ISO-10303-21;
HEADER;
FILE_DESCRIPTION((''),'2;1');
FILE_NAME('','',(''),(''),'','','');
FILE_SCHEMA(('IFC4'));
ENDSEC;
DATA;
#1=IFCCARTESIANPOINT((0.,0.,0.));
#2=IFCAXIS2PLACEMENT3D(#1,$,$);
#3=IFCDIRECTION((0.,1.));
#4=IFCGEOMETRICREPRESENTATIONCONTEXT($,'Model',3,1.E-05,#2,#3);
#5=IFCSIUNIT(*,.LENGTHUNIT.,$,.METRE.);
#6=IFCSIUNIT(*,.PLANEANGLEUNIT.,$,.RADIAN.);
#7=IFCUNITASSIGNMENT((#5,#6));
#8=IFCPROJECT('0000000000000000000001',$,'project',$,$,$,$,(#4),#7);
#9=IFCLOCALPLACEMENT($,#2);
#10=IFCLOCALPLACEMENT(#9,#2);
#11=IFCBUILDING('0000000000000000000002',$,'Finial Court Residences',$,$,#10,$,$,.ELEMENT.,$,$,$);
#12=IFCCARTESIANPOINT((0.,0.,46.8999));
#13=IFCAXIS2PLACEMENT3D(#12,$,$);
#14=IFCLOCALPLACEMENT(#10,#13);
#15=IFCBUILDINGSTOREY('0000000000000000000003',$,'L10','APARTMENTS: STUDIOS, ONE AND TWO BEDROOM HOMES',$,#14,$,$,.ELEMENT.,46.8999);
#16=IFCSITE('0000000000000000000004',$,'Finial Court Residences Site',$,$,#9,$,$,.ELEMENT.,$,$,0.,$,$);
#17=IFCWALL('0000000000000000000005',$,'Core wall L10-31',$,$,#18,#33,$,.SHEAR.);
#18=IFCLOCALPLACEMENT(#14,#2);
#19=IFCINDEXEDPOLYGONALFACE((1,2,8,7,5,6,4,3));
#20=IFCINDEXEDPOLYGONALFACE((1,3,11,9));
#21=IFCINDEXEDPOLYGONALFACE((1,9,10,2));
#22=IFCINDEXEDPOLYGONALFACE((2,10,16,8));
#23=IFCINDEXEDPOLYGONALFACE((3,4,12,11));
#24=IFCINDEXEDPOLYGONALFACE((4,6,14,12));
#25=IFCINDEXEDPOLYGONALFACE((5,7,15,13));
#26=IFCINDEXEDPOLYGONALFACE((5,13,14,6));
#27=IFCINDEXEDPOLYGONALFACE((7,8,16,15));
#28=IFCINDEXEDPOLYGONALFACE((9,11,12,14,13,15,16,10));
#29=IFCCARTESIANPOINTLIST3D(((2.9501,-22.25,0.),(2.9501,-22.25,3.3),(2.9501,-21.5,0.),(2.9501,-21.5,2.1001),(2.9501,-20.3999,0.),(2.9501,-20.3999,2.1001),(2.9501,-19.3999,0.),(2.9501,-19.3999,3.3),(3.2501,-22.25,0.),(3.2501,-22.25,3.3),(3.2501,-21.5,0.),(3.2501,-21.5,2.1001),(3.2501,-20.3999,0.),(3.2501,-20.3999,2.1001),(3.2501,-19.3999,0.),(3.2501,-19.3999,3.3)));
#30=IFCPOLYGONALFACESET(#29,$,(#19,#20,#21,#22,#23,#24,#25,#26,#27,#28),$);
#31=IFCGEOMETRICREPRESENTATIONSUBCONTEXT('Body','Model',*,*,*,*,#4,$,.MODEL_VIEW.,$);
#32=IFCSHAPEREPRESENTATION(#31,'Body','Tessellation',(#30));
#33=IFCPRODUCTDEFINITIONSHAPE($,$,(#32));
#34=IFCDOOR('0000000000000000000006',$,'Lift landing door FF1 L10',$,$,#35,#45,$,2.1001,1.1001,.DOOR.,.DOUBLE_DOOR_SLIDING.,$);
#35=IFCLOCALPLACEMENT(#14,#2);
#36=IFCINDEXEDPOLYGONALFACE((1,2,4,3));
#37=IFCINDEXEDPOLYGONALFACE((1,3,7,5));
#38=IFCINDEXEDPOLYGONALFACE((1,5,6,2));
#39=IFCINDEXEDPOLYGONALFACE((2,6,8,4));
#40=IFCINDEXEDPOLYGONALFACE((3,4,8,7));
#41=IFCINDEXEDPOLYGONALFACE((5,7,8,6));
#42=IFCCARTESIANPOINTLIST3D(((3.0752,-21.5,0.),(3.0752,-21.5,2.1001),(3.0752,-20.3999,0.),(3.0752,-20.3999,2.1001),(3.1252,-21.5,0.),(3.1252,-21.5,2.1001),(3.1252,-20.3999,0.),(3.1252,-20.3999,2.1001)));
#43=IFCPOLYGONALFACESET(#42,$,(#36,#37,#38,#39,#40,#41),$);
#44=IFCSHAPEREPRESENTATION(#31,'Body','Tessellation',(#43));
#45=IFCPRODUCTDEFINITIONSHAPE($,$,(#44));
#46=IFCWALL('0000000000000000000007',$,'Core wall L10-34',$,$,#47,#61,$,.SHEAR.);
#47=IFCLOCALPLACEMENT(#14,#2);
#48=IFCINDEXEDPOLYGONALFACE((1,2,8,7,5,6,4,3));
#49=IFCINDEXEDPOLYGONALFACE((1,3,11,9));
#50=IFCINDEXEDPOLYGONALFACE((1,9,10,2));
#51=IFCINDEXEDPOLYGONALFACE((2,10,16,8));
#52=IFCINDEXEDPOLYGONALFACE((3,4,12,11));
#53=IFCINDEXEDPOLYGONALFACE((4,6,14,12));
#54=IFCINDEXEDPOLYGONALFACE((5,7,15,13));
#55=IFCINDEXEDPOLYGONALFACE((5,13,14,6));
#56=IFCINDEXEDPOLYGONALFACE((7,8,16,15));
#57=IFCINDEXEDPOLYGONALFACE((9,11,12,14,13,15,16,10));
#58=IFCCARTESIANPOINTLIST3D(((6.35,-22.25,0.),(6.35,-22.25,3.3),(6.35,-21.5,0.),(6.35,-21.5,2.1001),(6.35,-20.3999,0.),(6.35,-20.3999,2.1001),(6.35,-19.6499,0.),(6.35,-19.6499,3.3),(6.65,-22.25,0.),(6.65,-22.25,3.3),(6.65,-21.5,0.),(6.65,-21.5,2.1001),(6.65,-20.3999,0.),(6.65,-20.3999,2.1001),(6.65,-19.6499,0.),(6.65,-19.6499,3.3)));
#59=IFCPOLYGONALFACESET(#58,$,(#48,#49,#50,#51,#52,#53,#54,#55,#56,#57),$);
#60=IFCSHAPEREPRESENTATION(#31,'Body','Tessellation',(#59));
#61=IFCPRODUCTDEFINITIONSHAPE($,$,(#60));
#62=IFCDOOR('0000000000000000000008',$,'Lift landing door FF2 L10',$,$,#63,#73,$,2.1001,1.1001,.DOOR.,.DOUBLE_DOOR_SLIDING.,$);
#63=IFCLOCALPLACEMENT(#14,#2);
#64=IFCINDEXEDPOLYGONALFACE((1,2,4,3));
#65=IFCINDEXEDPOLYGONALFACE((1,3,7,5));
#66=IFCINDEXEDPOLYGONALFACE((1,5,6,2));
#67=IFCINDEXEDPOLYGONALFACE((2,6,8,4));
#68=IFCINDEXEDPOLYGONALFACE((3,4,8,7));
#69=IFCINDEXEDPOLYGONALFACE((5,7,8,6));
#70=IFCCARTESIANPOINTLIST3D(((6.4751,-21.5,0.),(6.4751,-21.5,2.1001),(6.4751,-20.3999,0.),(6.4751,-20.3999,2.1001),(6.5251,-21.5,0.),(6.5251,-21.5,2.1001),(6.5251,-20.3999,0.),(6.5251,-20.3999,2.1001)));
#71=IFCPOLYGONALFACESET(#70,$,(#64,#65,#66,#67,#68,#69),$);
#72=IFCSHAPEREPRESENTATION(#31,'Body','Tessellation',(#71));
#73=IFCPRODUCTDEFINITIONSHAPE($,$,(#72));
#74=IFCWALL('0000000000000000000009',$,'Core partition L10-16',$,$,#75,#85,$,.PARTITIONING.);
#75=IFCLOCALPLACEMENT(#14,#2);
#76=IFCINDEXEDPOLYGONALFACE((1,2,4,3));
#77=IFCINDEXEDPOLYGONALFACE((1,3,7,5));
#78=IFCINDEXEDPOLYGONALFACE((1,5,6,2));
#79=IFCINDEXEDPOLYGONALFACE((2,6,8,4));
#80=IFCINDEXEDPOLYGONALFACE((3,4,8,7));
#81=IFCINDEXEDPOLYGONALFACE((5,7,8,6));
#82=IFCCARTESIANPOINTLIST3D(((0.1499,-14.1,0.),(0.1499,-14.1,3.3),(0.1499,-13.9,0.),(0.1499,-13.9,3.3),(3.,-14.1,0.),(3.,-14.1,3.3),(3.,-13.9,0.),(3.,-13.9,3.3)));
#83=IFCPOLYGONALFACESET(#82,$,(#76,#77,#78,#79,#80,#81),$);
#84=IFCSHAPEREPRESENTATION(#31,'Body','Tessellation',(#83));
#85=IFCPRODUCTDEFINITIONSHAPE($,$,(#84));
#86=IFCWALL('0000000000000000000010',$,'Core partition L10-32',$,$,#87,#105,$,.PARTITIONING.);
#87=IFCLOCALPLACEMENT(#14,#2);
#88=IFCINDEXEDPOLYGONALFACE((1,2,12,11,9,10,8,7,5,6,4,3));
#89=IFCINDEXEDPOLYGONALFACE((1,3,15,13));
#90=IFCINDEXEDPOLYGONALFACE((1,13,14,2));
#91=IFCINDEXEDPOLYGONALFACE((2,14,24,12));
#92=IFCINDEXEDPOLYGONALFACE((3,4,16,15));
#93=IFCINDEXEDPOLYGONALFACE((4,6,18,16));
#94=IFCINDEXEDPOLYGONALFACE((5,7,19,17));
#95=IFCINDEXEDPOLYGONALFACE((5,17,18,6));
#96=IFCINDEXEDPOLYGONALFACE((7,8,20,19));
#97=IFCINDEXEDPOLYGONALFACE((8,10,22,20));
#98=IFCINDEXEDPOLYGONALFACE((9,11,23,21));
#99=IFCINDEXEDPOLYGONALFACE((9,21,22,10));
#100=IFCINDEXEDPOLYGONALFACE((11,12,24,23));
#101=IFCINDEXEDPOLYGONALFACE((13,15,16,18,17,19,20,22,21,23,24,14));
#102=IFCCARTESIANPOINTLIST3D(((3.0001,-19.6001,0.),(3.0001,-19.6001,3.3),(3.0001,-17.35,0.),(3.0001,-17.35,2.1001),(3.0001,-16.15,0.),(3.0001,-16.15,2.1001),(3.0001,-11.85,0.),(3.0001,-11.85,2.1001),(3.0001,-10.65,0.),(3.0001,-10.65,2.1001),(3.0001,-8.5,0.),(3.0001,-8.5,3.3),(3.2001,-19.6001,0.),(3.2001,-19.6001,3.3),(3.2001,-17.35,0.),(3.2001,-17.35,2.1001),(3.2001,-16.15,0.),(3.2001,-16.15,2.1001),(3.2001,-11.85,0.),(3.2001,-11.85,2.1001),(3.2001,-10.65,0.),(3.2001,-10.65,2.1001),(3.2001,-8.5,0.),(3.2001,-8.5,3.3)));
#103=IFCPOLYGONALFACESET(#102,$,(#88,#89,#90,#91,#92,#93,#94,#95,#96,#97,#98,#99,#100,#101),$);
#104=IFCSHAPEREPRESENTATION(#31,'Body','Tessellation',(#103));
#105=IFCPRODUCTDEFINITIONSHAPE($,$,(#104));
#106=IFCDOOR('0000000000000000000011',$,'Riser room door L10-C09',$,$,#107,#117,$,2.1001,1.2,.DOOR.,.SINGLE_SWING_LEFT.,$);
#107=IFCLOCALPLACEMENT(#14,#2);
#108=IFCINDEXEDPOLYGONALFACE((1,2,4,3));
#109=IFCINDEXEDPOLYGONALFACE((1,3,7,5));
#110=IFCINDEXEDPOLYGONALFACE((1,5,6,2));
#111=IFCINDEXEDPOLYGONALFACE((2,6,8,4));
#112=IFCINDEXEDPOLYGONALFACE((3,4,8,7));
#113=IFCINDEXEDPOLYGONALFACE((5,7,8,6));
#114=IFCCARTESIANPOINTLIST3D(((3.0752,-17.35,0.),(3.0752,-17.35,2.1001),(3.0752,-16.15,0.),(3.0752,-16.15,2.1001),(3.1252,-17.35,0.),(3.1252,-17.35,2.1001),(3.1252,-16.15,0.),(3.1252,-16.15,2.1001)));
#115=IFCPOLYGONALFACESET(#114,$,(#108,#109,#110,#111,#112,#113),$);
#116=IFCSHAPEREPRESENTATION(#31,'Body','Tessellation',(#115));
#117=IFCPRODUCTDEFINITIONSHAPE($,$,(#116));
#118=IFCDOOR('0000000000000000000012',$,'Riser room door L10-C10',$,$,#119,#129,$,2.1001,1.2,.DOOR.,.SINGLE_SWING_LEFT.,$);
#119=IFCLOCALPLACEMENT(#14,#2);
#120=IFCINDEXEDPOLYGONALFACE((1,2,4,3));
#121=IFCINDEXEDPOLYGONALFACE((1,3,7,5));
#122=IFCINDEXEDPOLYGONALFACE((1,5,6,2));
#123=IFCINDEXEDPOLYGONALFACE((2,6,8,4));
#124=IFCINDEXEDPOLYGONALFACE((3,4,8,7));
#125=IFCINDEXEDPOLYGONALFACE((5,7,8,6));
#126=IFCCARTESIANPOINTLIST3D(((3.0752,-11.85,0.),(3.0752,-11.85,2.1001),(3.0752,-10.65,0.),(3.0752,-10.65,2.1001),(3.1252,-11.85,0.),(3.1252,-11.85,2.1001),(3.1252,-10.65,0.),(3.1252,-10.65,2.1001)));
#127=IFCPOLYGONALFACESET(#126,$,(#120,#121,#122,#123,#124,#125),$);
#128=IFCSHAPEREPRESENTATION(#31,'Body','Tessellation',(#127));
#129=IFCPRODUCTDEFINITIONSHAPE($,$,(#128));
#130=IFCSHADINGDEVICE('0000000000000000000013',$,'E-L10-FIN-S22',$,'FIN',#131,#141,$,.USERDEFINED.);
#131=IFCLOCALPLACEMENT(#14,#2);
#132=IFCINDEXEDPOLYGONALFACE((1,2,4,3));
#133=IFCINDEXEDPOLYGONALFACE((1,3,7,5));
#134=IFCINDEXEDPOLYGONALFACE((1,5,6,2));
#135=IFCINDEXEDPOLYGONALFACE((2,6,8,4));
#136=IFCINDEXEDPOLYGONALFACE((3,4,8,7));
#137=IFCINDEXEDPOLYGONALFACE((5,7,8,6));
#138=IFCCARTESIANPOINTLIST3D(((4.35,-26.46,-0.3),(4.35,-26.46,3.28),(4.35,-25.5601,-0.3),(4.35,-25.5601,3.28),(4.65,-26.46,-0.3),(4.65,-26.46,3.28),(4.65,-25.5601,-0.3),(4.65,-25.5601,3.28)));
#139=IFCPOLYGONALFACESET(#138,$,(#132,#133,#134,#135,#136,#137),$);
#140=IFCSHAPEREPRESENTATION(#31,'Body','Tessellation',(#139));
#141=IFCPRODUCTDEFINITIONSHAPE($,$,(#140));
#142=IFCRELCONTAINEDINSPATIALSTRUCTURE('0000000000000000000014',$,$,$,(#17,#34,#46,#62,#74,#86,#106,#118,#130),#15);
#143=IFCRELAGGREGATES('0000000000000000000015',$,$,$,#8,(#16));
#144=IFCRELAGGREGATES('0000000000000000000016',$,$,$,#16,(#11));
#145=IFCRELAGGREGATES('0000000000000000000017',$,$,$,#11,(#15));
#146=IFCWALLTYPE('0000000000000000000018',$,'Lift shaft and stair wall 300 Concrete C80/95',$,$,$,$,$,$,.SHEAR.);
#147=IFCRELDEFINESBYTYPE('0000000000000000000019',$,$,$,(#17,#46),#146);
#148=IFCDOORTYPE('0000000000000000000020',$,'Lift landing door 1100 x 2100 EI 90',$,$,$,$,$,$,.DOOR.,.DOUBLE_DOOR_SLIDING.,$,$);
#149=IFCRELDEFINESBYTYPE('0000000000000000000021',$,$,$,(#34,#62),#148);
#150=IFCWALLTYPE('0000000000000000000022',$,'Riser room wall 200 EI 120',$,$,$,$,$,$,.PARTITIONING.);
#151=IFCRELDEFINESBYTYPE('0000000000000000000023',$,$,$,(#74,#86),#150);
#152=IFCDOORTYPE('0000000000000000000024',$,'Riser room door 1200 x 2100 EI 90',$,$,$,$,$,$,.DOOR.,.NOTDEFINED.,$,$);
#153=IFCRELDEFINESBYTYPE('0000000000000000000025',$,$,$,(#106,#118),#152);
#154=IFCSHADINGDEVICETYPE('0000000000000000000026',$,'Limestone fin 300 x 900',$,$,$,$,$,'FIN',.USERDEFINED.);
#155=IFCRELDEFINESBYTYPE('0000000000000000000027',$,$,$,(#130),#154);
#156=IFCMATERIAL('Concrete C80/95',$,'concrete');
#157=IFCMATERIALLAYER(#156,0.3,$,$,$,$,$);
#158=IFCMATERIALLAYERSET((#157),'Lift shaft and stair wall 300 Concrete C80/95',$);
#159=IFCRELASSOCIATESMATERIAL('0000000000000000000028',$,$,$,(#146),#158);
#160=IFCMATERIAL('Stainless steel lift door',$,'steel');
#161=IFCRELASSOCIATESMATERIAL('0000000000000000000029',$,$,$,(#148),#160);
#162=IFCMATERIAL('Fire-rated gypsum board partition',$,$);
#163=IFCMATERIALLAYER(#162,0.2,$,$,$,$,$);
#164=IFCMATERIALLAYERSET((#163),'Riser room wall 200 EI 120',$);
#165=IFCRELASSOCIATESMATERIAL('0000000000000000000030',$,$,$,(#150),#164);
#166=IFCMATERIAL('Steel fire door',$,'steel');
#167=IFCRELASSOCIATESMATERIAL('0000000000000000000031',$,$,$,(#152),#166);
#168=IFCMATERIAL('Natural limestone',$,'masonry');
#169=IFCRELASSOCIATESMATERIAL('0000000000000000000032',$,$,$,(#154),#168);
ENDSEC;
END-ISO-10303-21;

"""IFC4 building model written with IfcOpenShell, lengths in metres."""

from ifc_helpers import new_model, si_unit, direction, frame, frame_2d, origin, origin_2d, place, context, subcontext, project, spatial, rectangle, extrude, material, layer, layer_set, type_object, element, fill, save


model = new_model("IFC4")

# Units and contexts
model_context = context("Model", 3, precision=1e-05, world=origin(), true_north=direction((0.0, 1.0)))
body_context = subcontext(model_context, "Body", "Model", "MODEL_VIEW")
ifc_project = project(units=[si_unit("LENGTHUNIT", "METRE"), si_unit("PLANEANGLEUNIT", "RADIAN")], contexts=[model_context])

# Site, building, storey
site_placement = place(None, origin())
site = spatial("IfcSite", under=ifc_project, at=site_placement, Name="Finial Court Residences Site", CompositionType="ELEMENT", RefElevation=0.0)
building_placement = place(site_placement, origin())
building = spatial("IfcBuilding", under=site, at=building_placement, Name="Finial Court Residences", CompositionType="ELEMENT")
storey_placement = place(building_placement, frame((0.0, 0.0, 46.8999)))
storey = spatial("IfcBuildingStorey", under=building, at=storey_placement, Name="L10", Description="APARTMENTS: STUDIOS, ONE AND TWO BEDROOM HOMES", CompositionType="ELEMENT", Elevation=46.8999)

# Shared definitions
ifc_material_1 = material(Name="Fire-rated gypsum board partition")
ifc_material_2 = material(Name="Steel fire door", Category="steel")

# Shared definitions
ifc_material_3 = material(Name="Concrete C80/95", Category="concrete")
ifc_layer_1 = layer(ifc_material_3, 0.3)
ifc_layer_set_1 = layer_set([ifc_layer_1], Name="Lift shaft and stair wall 300 Concrete C80/95")
wall_type_1 = type_object("IfcWallType", Name="Lift shaft and stair wall 300 Concrete C80/95", PredefinedType="SHEAR", material=ifc_layer_set_1)

# Walls, openings, doors
wall_1_placement = place(storey_placement, frame((3.1001, -22.25, 0.0), z_axis=(0.0, 0.0, 1.0), x_axis=(0.0, 1.0, 0.0)))
wall_1 = element("IfcWall", 1, at=wall_1_placement, inside=storey, type_object=wall_type_1, Name="Core wall L10-31", PredefinedType="SHEAR", context=body_context, shape_type="SweptSolid", body=[
    extrude(rectangle(XDim=2.8501, YDim=0.3, at=frame_2d((1.425, 0.0))), origin(), (0.0, 0.0, 1.0), 3.3),
])
opening_1_placement = place(wall_1_placement, frame((0.75, 0.0, 0.0)))
opening_1 = element("IfcOpeningElement", 2, at=opening_1_placement, cuts=wall_1, PredefinedType="OPENING", context=body_context, shape_type="SweptSolid", body=[
    extrude(rectangle(XDim=1.1001, YDim=2.1001, at=frame_2d((0.55, 1.05))), frame((0.0, 0.1599, 0.0), z_axis=(0.0, -1.0, 0.0), x_axis=(1.0, 0.0, 0.0)), (0.0, 0.0, 1.0), 0.3201),
])
ifc_material_4 = material(Name="Stainless steel lift door", Category="steel")
door_type_1 = type_object("IfcDoorType", Name="Lift landing door 1100 x 2100 EI 90", OperationType="DOUBLE_DOOR_SLIDING", PredefinedType="DOOR", material=ifc_material_4)
door_1_placement = place(opening_1_placement, origin())
door_1 = element("IfcDoor", 3, at=door_1_placement, inside=storey, type_object=door_type_1, Name="Lift landing door FF1 L10", OperationType="DOUBLE_DOOR_SLIDING", OverallHeight=2.1001, OverallWidth=1.1001, PredefinedType="DOOR", context=body_context, shape_type="SweptSolid", body=[
    extrude(rectangle(XDim=1.1001, YDim=2.1001, at=frame_2d((0.55, 1.05))), frame((0.0, 0.0249, 0.0), z_axis=(0.0, -1.0, 0.0), x_axis=(1.0, 0.0, 0.0)), (0.0, 0.0, 1.0), 0.05),
])
fill(opening_1, door_1)
wall_2_placement = place(storey_placement, frame((6.5, -22.25, 0.0), z_axis=(0.0, 0.0, 1.0), x_axis=(0.0, 1.0, 0.0)))
wall_2 = element("IfcWall", 4, at=wall_2_placement, inside=storey, type_object=wall_type_1, Name="Core wall L10-34", PredefinedType="SHEAR", context=body_context, shape_type="SweptSolid", body=[
    extrude(rectangle(XDim=2.6001, YDim=0.3, at=frame_2d((1.3, 0.0))), origin(), (0.0, 0.0, 1.0), 3.3),
])
opening_2_placement = place(wall_2_placement, frame((0.75, 0.0, 0.0)))
opening_2 = element("IfcOpeningElement", 5, at=opening_2_placement, cuts=wall_2, PredefinedType="OPENING", context=body_context, shape_type="SweptSolid", body=[
    extrude(rectangle(XDim=1.1001, YDim=2.1001, at=frame_2d((0.55, 1.05))), frame((0.0, 0.1599, 0.0), z_axis=(0.0, -1.0, 0.0), x_axis=(1.0, 0.0, 0.0)), (0.0, 0.0, 1.0), 0.3201),
])
door_2_placement = place(opening_2_placement, origin())
door_2 = element("IfcDoor", 6, at=door_2_placement, inside=storey, type_object=door_type_1, Name="Lift landing door FF2 L10", OperationType="DOUBLE_DOOR_SLIDING", OverallHeight=2.1001, OverallWidth=1.1001, PredefinedType="DOOR", context=body_context, shape_type="SweptSolid", body=[
    extrude(rectangle(XDim=1.1001, YDim=2.1001, at=frame_2d((0.55, 1.05))), frame((0.0, 0.0249, 0.0), z_axis=(0.0, -1.0, 0.0), x_axis=(1.0, 0.0, 0.0)), (0.0, 0.0, 1.0), 0.05),
])
fill(opening_2, door_2)

# Wall
ifc_layer_2 = layer(ifc_material_1, 0.2)
ifc_layer_set_2 = layer_set([ifc_layer_2], Name="Riser room wall 200 EI 120")
wall_type_2 = type_object("IfcWallType", Name="Riser room wall 200 EI 120", PredefinedType="PARTITIONING", material=ifc_layer_set_2)
wall_3_placement = place(storey_placement, frame((0.1499, -14.0, 0.0), z_axis=(0.0, 0.0, 1.0), x_axis=(1.0, 0.0, 0.0)))
element("IfcWall", 7, at=wall_3_placement, inside=storey, type_object=wall_type_2, Name="Core partition L10-16", PredefinedType="PARTITIONING", context=body_context, shape_type="SweptSolid", body=[
    extrude(rectangle(XDim=2.8501, YDim=0.2, at=frame_2d((1.425, 0.0))), origin(), (0.0, 0.0, 1.0), 3.3),
])

# Wall, openings, doors
wall_4_placement = place(storey_placement, frame((3.1001, -19.6001, 0.0), z_axis=(0.0, 0.0, 1.0), x_axis=(0.0, 1.0, 0.0)))
wall_4 = element("IfcWall", 8, at=wall_4_placement, inside=storey, type_object=wall_type_2, Name="Core partition L10-32", PredefinedType="PARTITIONING", context=body_context, shape_type="SweptSolid", body=[
    extrude(rectangle(XDim=11.1001, YDim=0.2, at=frame_2d((5.55, 0.0))), origin(), (0.0, 0.0, 1.0), 3.3),
])
opening_3_placement = place(wall_4_placement, frame((2.25, 0.0, 0.0)))
opening_3 = element("IfcOpeningElement", 9, at=opening_3_placement, cuts=wall_4, PredefinedType="OPENING", context=body_context, shape_type="SweptSolid", body=[
    extrude(rectangle(XDim=1.2, YDim=2.1001, at=frame_2d((0.6001, 1.05))), frame((0.0, 0.1099, 0.0), z_axis=(0.0, -1.0, 0.0), x_axis=(1.0, 0.0, 0.0)), (0.0, 0.0, 1.0), 0.22),
])
opening_4_placement = place(wall_4_placement, frame((7.75, 0.0, 0.0)))
opening_4 = element("IfcOpeningElement", 10, at=opening_4_placement, cuts=wall_4, PredefinedType="OPENING", context=body_context, shape_type="SweptSolid", body=[
    extrude(rectangle(XDim=1.2, YDim=2.1001, at=frame_2d((0.6001, 1.05))), frame((0.0, 0.1099, 0.0), z_axis=(0.0, -1.0, 0.0), x_axis=(1.0, 0.0, 0.0)), (0.0, 0.0, 1.0), 0.22),
])
door_type_2 = type_object("IfcDoorType", Name="Riser room door 1200 x 2100 EI 90", OperationType="NOTDEFINED", PredefinedType="DOOR", material=ifc_material_2)
door_3_placement = place(opening_3_placement, origin())
door_3 = element("IfcDoor", 11, at=door_3_placement, inside=storey, type_object=door_type_2, Name="Riser room door L10-C09", OperationType="SINGLE_SWING_LEFT", OverallHeight=2.1001, OverallWidth=1.2, PredefinedType="DOOR", context=body_context, shape_type="SweptSolid", body=[
    extrude(rectangle(XDim=1.2, YDim=2.1001, at=frame_2d((0.6001, 1.05))), frame((0.0, 0.0249, 0.0), z_axis=(0.0, -1.0, 0.0), x_axis=(1.0, 0.0, 0.0)), (0.0, 0.0, 1.0), 0.05),
])
fill(opening_3, door_3)
door_4_placement = place(opening_4_placement, origin())
door_4 = element("IfcDoor", 12, at=door_4_placement, inside=storey, type_object=door_type_2, Name="Riser room door L10-C10", OperationType="SINGLE_SWING_LEFT", OverallHeight=2.1001, OverallWidth=1.2, PredefinedType="DOOR", context=body_context, shape_type="SweptSolid", body=[
    extrude(rectangle(XDim=1.2, YDim=2.1001, at=frame_2d((0.6001, 1.05))), frame((0.0, 0.0249, 0.0), z_axis=(0.0, -1.0, 0.0), x_axis=(1.0, 0.0, 0.0)), (0.0, 0.0, 1.0), 0.05),
])
fill(opening_4, door_4)

# Shading device
ifc_material_5 = material(Name="Natural limestone", Category="masonry")
shading_device_type = type_object("IfcShadingDeviceType", Name="Limestone fin 300 x 900", ElementType="FIN", PredefinedType="USERDEFINED", material=ifc_material_5)
shading_device_placement = place(storey_placement, frame((4.5, -26.01, -0.3), z_axis=(0.0, 0.0, 1.0), x_axis=(1.0, 0.0, 0.0)))
element("IfcShadingDevice", 13, at=shading_device_placement, inside=storey, type_object=shading_device_type, Name="E-L10-FIN-S22", ObjectType="FIN", PredefinedType="USERDEFINED", context=body_context, shape_type="SweptSolid", body=[
    extrude(rectangle(XDim=0.3, YDim=0.8999, at=origin_2d()), origin(), (0.0, 0.0, 1.0), 3.5801),
])

save(model, "model.ifc")
